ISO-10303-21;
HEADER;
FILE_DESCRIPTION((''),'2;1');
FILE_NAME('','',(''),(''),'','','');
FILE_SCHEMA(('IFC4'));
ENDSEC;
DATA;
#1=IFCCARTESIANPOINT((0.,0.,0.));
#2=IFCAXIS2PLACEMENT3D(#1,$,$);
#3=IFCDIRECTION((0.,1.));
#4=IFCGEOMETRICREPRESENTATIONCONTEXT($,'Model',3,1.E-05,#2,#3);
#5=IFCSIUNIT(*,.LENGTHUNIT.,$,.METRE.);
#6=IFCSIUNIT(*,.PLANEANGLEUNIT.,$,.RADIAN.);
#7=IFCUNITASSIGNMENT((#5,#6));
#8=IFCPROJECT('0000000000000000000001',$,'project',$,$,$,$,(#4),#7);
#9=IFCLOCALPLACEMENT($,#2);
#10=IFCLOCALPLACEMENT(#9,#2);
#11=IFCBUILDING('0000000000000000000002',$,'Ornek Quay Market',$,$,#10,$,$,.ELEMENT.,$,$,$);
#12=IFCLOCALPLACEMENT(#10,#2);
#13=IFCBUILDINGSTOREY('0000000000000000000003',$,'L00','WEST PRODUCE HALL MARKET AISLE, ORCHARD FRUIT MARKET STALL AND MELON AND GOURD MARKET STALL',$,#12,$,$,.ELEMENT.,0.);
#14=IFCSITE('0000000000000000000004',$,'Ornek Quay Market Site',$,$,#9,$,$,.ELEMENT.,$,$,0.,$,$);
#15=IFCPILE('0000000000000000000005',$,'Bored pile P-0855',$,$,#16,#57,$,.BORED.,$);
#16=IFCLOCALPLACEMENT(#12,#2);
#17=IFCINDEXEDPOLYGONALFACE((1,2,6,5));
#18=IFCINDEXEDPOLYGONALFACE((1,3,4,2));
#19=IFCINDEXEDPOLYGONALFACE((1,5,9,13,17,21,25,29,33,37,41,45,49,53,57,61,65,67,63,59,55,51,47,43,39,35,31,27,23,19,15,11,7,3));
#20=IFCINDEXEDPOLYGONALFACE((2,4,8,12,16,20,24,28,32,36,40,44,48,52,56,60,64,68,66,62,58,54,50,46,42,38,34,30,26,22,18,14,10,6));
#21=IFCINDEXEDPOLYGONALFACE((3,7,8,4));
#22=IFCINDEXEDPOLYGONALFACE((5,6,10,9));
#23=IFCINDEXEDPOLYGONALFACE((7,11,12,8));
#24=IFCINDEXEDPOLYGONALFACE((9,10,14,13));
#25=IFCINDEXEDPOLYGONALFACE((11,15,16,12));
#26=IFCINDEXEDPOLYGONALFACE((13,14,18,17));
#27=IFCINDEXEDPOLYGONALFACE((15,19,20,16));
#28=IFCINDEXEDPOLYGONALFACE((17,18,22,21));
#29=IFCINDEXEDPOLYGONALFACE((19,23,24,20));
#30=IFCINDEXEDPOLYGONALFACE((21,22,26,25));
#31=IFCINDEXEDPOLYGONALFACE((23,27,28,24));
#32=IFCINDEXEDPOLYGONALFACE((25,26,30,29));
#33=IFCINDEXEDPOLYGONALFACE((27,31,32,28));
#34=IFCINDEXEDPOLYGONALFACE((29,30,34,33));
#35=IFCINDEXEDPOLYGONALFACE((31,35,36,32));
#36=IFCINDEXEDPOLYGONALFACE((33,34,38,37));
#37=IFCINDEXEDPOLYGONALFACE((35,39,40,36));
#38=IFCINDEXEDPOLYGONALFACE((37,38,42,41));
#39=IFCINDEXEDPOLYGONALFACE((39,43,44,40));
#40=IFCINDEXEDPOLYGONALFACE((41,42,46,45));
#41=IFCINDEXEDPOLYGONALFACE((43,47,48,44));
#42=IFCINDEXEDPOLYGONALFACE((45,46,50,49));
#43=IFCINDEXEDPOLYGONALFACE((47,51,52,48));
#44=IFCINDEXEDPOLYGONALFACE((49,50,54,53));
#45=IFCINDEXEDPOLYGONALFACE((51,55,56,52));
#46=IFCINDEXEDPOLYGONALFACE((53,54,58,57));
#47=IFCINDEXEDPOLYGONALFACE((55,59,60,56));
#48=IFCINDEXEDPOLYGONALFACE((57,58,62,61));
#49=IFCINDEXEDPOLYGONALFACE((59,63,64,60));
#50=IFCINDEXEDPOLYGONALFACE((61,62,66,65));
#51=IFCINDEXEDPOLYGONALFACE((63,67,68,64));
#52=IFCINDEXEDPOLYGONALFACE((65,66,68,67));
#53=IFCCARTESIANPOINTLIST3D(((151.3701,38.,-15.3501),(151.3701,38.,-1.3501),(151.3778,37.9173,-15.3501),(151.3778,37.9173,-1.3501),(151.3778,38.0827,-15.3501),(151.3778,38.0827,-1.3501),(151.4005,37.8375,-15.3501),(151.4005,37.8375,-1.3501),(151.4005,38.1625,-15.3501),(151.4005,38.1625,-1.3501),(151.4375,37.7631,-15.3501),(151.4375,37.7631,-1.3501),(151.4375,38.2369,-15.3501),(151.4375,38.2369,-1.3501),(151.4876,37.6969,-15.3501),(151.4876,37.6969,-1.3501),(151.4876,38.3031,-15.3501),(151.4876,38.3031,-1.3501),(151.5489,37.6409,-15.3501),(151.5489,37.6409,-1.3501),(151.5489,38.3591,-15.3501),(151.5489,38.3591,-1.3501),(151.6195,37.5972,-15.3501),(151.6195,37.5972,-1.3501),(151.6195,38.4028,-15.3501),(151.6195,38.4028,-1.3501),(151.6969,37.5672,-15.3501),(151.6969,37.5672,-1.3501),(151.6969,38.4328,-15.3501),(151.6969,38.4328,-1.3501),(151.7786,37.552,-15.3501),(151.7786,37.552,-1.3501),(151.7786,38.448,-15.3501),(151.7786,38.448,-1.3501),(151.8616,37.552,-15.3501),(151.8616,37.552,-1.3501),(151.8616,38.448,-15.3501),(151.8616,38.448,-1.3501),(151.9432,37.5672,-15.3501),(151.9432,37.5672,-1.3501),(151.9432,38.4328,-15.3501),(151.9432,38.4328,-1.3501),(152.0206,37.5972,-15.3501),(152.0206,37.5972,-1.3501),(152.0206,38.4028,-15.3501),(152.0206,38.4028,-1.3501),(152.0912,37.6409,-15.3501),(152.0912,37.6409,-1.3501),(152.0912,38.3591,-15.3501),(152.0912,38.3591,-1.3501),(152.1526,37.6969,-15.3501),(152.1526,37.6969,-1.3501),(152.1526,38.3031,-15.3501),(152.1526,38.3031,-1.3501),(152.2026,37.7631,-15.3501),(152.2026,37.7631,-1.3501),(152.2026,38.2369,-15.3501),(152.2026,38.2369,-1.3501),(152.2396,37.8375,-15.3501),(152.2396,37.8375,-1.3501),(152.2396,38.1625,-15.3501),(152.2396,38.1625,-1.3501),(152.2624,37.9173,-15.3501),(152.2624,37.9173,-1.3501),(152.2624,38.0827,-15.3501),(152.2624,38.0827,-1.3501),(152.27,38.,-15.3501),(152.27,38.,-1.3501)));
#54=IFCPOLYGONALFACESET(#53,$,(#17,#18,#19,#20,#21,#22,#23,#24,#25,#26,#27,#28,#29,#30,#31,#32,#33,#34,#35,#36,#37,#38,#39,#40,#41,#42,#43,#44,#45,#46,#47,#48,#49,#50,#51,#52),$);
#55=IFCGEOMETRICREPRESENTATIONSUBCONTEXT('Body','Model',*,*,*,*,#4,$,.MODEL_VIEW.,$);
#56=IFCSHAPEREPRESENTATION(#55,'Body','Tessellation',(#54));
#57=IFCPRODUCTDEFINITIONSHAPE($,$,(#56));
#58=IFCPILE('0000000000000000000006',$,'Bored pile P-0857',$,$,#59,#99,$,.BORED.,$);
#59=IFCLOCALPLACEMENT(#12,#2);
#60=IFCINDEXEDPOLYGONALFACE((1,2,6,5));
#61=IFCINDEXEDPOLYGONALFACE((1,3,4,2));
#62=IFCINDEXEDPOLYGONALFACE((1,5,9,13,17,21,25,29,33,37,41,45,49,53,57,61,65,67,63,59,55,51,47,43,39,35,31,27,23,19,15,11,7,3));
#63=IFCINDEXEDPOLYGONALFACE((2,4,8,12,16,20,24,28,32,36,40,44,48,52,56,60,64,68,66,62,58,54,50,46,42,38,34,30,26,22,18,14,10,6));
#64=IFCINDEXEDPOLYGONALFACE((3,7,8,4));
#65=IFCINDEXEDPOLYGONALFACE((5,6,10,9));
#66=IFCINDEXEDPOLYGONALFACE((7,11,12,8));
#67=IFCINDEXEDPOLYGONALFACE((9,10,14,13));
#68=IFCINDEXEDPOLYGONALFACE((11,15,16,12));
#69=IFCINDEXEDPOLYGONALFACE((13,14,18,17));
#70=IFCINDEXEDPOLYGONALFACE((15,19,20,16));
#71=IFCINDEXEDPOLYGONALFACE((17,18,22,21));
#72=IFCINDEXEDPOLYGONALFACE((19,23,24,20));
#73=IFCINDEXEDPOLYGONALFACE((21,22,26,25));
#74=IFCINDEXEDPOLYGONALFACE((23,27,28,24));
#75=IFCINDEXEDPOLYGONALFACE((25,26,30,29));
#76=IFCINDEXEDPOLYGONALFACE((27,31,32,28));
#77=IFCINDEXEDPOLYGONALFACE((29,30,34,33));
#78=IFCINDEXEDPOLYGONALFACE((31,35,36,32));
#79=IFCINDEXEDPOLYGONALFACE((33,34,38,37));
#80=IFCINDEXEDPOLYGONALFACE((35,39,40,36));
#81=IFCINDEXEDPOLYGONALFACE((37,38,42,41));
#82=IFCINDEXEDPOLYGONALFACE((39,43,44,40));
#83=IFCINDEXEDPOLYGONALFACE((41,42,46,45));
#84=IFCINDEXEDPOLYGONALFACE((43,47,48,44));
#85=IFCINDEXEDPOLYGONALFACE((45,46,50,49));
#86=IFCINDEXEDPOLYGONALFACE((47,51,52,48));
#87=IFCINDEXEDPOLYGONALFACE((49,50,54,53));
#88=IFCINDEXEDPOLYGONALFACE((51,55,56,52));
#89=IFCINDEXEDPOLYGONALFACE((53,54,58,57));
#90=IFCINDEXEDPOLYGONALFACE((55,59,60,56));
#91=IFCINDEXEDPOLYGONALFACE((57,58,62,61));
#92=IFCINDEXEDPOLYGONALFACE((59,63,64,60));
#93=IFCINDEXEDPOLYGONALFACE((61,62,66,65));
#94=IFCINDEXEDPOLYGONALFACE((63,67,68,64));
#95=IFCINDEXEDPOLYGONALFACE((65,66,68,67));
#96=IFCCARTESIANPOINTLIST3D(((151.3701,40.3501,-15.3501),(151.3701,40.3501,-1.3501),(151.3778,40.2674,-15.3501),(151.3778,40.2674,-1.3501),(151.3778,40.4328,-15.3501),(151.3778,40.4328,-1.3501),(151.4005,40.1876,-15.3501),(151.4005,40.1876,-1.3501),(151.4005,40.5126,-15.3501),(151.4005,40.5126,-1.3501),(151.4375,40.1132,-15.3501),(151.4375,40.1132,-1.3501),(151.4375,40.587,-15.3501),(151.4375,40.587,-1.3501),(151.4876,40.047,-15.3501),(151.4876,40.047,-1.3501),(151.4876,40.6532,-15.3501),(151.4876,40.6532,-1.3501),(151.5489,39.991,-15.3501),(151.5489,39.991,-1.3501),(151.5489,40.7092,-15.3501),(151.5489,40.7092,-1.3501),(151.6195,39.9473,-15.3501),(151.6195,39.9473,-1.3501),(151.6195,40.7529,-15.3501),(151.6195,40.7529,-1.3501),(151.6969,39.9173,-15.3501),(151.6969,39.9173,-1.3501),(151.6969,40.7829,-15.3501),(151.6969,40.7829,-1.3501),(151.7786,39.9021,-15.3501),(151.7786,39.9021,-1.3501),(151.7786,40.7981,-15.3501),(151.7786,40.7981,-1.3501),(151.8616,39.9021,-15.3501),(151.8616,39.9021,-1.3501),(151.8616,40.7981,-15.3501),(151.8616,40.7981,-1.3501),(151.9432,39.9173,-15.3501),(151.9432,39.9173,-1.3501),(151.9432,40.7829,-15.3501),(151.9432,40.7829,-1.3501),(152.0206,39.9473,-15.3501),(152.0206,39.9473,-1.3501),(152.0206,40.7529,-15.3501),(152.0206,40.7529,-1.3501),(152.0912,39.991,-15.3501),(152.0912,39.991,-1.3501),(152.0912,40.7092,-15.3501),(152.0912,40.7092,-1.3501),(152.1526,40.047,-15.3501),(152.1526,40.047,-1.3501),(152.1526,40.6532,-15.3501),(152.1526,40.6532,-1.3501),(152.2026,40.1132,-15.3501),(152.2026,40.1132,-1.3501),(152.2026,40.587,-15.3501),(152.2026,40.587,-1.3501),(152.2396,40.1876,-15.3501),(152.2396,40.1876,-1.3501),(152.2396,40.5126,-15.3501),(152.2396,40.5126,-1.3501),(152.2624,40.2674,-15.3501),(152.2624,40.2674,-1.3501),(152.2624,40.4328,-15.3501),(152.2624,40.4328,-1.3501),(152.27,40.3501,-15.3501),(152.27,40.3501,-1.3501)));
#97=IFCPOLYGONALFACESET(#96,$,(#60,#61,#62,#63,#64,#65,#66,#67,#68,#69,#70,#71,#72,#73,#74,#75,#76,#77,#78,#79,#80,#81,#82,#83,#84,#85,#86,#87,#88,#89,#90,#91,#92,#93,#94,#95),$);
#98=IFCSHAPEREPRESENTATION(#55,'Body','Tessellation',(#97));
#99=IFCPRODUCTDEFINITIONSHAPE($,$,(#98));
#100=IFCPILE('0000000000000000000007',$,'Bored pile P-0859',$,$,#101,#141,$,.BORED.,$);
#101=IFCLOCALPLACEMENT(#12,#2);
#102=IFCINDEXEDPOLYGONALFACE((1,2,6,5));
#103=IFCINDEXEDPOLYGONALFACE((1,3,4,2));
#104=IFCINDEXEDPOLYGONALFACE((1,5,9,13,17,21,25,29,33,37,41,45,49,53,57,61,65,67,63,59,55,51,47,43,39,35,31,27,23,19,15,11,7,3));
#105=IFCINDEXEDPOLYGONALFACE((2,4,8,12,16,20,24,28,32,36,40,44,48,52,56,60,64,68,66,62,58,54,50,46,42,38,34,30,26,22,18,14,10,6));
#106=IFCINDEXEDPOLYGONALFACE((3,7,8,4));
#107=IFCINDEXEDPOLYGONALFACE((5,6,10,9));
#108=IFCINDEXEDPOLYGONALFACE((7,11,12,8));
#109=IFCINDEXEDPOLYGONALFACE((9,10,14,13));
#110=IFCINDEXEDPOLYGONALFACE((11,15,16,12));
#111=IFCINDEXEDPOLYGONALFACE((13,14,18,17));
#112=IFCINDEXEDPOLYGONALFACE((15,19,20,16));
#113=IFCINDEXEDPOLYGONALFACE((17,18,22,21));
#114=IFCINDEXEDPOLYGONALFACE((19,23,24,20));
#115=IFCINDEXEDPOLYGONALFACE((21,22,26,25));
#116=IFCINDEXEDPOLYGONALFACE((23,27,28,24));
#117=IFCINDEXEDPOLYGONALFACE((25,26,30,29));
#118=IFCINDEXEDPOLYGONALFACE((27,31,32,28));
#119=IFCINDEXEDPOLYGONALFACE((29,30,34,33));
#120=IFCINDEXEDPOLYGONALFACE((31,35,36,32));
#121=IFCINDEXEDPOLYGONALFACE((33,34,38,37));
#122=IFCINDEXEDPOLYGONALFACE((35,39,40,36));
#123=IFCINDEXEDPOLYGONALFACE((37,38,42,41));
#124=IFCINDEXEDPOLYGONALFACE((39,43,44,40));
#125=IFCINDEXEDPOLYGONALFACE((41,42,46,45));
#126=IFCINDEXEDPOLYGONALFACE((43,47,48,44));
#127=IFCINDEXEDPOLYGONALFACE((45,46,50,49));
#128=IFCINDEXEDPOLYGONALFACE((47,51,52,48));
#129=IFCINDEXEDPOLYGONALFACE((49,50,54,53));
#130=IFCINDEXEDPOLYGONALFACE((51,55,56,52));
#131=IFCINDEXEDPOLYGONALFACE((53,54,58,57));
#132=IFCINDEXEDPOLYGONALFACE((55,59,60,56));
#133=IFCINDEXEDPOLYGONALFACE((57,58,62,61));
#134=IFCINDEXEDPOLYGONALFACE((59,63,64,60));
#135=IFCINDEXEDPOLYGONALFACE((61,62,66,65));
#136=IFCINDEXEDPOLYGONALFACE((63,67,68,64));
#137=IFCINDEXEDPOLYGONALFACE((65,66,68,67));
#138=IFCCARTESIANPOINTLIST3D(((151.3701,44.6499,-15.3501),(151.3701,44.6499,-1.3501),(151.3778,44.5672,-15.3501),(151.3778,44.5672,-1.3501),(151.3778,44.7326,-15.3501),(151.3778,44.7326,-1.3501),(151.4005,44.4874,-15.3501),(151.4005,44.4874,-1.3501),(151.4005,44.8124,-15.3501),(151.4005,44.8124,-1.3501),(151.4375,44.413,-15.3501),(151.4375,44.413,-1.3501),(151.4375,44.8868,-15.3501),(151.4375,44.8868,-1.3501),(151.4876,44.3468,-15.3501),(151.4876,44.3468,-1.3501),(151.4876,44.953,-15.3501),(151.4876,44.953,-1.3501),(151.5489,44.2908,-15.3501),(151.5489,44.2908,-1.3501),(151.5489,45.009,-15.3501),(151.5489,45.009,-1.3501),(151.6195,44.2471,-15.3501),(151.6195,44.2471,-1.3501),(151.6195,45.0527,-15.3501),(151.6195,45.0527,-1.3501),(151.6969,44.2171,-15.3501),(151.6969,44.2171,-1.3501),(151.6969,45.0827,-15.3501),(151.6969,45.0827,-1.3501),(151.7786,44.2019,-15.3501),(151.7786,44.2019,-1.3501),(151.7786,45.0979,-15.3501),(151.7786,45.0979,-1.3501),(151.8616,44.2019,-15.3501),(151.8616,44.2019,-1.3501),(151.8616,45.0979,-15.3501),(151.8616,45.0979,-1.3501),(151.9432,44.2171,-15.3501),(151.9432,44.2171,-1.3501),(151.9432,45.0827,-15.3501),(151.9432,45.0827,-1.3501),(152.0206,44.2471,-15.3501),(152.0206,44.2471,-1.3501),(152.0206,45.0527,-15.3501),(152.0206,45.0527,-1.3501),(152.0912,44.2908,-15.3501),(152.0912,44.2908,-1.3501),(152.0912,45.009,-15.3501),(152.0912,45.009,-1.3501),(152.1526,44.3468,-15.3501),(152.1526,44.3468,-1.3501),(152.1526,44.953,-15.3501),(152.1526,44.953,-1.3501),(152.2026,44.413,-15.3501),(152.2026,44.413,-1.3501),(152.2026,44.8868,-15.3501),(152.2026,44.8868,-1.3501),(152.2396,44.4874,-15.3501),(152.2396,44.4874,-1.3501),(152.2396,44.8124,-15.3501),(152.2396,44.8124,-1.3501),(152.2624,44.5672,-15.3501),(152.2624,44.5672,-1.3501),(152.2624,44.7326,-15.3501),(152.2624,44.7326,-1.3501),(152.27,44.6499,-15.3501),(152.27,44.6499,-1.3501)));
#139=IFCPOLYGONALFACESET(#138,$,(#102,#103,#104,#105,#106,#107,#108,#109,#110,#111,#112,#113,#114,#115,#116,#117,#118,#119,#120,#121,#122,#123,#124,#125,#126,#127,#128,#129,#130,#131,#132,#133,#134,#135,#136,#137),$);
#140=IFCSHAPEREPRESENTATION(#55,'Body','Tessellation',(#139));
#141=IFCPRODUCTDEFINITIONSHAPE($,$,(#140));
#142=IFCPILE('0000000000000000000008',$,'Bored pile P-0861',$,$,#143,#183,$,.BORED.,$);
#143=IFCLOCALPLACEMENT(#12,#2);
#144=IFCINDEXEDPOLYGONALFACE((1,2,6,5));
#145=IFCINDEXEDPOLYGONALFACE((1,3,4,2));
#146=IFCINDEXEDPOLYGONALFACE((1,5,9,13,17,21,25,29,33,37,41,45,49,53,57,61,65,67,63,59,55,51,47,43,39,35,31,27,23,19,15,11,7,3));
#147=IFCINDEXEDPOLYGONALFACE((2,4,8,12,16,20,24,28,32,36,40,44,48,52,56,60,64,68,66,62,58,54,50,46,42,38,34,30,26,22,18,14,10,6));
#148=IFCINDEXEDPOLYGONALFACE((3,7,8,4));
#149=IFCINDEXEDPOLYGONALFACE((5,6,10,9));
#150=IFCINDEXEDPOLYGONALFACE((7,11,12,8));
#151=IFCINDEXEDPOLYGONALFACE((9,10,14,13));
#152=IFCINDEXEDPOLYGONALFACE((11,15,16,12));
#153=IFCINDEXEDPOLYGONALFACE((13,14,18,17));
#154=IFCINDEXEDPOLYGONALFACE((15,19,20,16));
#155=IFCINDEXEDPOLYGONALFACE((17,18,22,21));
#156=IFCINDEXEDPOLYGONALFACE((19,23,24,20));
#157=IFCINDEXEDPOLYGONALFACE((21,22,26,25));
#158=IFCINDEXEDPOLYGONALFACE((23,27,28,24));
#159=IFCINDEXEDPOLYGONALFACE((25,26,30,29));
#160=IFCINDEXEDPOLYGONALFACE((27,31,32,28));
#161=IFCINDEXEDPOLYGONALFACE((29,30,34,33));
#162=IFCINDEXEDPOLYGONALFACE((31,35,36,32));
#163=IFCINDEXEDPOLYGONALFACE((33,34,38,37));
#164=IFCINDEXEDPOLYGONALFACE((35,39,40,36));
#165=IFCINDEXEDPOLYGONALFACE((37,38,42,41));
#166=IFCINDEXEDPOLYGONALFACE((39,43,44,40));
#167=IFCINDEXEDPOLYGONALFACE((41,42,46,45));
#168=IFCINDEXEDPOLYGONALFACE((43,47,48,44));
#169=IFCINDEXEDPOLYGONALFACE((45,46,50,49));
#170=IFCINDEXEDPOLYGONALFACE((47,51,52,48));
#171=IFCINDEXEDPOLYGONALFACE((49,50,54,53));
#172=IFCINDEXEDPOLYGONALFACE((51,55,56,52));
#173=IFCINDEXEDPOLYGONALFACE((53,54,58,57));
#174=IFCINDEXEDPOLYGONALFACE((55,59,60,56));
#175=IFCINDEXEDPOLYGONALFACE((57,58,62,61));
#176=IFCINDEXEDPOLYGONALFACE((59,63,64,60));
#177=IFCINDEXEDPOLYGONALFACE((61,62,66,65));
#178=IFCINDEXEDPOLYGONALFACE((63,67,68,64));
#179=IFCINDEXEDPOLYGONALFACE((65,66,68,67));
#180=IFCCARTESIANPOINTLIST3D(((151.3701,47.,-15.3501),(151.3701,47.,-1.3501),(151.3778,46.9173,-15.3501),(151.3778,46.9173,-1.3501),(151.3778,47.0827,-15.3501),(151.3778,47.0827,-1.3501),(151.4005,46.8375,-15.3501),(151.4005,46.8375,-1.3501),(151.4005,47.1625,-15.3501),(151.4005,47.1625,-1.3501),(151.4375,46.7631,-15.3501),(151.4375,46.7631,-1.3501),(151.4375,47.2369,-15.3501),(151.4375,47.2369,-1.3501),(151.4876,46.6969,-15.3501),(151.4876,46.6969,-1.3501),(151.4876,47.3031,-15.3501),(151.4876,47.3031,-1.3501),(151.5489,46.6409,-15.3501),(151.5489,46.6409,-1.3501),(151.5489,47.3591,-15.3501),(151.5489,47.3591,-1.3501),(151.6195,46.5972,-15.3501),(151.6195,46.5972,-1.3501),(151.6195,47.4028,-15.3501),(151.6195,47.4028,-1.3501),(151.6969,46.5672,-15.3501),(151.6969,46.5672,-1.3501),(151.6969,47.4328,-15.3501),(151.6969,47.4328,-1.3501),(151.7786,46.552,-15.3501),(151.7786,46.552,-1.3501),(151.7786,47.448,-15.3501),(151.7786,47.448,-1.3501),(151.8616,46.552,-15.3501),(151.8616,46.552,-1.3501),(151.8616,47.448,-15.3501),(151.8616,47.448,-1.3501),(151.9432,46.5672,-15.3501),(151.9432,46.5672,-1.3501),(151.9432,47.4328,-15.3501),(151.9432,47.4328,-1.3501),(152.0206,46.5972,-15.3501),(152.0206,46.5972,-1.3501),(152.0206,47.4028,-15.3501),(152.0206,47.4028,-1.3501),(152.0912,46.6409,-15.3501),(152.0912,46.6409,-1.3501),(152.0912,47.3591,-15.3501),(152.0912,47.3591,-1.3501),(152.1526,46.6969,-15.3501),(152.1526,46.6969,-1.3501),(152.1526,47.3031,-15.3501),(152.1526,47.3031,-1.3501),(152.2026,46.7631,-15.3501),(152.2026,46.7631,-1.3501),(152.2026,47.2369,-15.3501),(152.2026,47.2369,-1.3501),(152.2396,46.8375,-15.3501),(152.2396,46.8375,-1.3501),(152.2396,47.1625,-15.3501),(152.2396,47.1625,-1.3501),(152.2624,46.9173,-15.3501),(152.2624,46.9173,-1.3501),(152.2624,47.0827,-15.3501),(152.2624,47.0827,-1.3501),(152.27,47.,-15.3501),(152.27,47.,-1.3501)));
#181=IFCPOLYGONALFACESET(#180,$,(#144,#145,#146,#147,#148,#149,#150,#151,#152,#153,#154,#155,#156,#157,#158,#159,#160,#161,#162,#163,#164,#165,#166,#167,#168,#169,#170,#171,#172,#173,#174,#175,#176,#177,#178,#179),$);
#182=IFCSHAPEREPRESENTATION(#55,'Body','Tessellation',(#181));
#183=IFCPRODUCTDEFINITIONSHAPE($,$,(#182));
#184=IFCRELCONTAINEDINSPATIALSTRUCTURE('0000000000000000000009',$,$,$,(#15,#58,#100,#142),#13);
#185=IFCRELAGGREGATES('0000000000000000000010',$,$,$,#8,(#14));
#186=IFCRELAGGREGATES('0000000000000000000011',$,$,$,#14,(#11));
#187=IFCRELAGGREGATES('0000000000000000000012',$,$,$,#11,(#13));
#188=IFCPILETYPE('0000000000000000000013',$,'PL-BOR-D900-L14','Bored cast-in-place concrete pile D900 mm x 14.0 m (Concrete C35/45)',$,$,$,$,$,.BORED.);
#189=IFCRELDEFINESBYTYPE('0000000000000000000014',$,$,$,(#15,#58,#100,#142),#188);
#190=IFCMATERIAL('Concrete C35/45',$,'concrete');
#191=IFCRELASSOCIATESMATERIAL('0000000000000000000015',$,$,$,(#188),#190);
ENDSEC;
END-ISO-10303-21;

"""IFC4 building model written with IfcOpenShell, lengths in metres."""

from ifc_helpers import new_model, si_unit, direction, frame, origin, origin_2d, place, context, subcontext, project, spatial, circle, extrude, material, material_profile, profile_set, type_object, element, save


model = new_model("IFC4")

# Units and contexts
model_context = context("Model", 3, precision=1e-05, world=origin(), true_north=direction((0.0, 1.0)))
body_context = subcontext(model_context, "Body", "Model", "MODEL_VIEW")
ifc_project = project(units=[si_unit("LENGTHUNIT", "METRE"), si_unit("PLANEANGLEUNIT", "RADIAN")], contexts=[model_context])

# Site, building, storey
site_placement = place(None, origin())
site = spatial("IfcSite", under=ifc_project, at=site_placement, Name="Ornek Quay Market Site", CompositionType="ELEMENT", RefElevation=0.0)
building_placement = place(site_placement, origin())
building = spatial("IfcBuilding", under=site, at=building_placement, Name="Ornek Quay Market", CompositionType="ELEMENT")
storey_placement = place(building_placement, origin())
storey = spatial("IfcBuildingStorey", under=building, at=storey_placement, Name="L00", Description="WEST PRODUCE HALL MARKET AISLE, ORCHARD FRUIT MARKET STALL AND MELON AND GOURD MARKET STALL", CompositionType="ELEMENT", Elevation=0.0)

# Piles
ifc_material_1 = material(Name="Concrete C35/45", Category="concrete")
ifc_material_profile_1 = material_profile(ifc_material_1, circle(Radius=0.45, at=origin_2d()), Name="PILE D900", Category="concrete")
ifc_profile_set_1 = profile_set([ifc_material_profile_1], Name="Concrete C35/45")
pile_type_1 = type_object("IfcPileType", Name="PL-BOR-D900-L14", Description="Bored cast-in-place concrete pile D900 mm x 14.0 m (Concrete C35/45)", PredefinedType="BORED", material=ifc_profile_set_1)
for number, where, z_axis, x_axis, name in (
    (1, (151.8201, 38.0, -1.3501), (0.0, 0.0, -1.0), (1.0, 0.0, 0.0), "Bored pile P-0855"),
    (2, (151.8201, 40.3501, -1.3501), (0.0, 0.0, -1.0), (1.0, 0.0, 0.0), "Bored pile P-0857"),
    (3, (151.8201, 44.6499, -1.3501), (0.0, 0.0, -1.0), (1.0, 0.0, 0.0), "Bored pile P-0859"),
    (4, (151.8201, 47.0, -1.3501), (0.0, 0.0, -1.0), (1.0, 0.0, 0.0), "Bored pile P-0861"),
):
    element("IfcPile", number, at=place(storey_placement, frame(where, z_axis=z_axis, x_axis=x_axis)), inside=storey, type_object=pile_type_1, Name=name, PredefinedType="BORED", context=body_context, shape_type="SweptSolid", body=[
        extrude(circle(Radius=0.45, at=origin_2d()), origin(), (0.0, 0.0, 1.0), 14.0),
    ])

save(model, "model.ifc")
